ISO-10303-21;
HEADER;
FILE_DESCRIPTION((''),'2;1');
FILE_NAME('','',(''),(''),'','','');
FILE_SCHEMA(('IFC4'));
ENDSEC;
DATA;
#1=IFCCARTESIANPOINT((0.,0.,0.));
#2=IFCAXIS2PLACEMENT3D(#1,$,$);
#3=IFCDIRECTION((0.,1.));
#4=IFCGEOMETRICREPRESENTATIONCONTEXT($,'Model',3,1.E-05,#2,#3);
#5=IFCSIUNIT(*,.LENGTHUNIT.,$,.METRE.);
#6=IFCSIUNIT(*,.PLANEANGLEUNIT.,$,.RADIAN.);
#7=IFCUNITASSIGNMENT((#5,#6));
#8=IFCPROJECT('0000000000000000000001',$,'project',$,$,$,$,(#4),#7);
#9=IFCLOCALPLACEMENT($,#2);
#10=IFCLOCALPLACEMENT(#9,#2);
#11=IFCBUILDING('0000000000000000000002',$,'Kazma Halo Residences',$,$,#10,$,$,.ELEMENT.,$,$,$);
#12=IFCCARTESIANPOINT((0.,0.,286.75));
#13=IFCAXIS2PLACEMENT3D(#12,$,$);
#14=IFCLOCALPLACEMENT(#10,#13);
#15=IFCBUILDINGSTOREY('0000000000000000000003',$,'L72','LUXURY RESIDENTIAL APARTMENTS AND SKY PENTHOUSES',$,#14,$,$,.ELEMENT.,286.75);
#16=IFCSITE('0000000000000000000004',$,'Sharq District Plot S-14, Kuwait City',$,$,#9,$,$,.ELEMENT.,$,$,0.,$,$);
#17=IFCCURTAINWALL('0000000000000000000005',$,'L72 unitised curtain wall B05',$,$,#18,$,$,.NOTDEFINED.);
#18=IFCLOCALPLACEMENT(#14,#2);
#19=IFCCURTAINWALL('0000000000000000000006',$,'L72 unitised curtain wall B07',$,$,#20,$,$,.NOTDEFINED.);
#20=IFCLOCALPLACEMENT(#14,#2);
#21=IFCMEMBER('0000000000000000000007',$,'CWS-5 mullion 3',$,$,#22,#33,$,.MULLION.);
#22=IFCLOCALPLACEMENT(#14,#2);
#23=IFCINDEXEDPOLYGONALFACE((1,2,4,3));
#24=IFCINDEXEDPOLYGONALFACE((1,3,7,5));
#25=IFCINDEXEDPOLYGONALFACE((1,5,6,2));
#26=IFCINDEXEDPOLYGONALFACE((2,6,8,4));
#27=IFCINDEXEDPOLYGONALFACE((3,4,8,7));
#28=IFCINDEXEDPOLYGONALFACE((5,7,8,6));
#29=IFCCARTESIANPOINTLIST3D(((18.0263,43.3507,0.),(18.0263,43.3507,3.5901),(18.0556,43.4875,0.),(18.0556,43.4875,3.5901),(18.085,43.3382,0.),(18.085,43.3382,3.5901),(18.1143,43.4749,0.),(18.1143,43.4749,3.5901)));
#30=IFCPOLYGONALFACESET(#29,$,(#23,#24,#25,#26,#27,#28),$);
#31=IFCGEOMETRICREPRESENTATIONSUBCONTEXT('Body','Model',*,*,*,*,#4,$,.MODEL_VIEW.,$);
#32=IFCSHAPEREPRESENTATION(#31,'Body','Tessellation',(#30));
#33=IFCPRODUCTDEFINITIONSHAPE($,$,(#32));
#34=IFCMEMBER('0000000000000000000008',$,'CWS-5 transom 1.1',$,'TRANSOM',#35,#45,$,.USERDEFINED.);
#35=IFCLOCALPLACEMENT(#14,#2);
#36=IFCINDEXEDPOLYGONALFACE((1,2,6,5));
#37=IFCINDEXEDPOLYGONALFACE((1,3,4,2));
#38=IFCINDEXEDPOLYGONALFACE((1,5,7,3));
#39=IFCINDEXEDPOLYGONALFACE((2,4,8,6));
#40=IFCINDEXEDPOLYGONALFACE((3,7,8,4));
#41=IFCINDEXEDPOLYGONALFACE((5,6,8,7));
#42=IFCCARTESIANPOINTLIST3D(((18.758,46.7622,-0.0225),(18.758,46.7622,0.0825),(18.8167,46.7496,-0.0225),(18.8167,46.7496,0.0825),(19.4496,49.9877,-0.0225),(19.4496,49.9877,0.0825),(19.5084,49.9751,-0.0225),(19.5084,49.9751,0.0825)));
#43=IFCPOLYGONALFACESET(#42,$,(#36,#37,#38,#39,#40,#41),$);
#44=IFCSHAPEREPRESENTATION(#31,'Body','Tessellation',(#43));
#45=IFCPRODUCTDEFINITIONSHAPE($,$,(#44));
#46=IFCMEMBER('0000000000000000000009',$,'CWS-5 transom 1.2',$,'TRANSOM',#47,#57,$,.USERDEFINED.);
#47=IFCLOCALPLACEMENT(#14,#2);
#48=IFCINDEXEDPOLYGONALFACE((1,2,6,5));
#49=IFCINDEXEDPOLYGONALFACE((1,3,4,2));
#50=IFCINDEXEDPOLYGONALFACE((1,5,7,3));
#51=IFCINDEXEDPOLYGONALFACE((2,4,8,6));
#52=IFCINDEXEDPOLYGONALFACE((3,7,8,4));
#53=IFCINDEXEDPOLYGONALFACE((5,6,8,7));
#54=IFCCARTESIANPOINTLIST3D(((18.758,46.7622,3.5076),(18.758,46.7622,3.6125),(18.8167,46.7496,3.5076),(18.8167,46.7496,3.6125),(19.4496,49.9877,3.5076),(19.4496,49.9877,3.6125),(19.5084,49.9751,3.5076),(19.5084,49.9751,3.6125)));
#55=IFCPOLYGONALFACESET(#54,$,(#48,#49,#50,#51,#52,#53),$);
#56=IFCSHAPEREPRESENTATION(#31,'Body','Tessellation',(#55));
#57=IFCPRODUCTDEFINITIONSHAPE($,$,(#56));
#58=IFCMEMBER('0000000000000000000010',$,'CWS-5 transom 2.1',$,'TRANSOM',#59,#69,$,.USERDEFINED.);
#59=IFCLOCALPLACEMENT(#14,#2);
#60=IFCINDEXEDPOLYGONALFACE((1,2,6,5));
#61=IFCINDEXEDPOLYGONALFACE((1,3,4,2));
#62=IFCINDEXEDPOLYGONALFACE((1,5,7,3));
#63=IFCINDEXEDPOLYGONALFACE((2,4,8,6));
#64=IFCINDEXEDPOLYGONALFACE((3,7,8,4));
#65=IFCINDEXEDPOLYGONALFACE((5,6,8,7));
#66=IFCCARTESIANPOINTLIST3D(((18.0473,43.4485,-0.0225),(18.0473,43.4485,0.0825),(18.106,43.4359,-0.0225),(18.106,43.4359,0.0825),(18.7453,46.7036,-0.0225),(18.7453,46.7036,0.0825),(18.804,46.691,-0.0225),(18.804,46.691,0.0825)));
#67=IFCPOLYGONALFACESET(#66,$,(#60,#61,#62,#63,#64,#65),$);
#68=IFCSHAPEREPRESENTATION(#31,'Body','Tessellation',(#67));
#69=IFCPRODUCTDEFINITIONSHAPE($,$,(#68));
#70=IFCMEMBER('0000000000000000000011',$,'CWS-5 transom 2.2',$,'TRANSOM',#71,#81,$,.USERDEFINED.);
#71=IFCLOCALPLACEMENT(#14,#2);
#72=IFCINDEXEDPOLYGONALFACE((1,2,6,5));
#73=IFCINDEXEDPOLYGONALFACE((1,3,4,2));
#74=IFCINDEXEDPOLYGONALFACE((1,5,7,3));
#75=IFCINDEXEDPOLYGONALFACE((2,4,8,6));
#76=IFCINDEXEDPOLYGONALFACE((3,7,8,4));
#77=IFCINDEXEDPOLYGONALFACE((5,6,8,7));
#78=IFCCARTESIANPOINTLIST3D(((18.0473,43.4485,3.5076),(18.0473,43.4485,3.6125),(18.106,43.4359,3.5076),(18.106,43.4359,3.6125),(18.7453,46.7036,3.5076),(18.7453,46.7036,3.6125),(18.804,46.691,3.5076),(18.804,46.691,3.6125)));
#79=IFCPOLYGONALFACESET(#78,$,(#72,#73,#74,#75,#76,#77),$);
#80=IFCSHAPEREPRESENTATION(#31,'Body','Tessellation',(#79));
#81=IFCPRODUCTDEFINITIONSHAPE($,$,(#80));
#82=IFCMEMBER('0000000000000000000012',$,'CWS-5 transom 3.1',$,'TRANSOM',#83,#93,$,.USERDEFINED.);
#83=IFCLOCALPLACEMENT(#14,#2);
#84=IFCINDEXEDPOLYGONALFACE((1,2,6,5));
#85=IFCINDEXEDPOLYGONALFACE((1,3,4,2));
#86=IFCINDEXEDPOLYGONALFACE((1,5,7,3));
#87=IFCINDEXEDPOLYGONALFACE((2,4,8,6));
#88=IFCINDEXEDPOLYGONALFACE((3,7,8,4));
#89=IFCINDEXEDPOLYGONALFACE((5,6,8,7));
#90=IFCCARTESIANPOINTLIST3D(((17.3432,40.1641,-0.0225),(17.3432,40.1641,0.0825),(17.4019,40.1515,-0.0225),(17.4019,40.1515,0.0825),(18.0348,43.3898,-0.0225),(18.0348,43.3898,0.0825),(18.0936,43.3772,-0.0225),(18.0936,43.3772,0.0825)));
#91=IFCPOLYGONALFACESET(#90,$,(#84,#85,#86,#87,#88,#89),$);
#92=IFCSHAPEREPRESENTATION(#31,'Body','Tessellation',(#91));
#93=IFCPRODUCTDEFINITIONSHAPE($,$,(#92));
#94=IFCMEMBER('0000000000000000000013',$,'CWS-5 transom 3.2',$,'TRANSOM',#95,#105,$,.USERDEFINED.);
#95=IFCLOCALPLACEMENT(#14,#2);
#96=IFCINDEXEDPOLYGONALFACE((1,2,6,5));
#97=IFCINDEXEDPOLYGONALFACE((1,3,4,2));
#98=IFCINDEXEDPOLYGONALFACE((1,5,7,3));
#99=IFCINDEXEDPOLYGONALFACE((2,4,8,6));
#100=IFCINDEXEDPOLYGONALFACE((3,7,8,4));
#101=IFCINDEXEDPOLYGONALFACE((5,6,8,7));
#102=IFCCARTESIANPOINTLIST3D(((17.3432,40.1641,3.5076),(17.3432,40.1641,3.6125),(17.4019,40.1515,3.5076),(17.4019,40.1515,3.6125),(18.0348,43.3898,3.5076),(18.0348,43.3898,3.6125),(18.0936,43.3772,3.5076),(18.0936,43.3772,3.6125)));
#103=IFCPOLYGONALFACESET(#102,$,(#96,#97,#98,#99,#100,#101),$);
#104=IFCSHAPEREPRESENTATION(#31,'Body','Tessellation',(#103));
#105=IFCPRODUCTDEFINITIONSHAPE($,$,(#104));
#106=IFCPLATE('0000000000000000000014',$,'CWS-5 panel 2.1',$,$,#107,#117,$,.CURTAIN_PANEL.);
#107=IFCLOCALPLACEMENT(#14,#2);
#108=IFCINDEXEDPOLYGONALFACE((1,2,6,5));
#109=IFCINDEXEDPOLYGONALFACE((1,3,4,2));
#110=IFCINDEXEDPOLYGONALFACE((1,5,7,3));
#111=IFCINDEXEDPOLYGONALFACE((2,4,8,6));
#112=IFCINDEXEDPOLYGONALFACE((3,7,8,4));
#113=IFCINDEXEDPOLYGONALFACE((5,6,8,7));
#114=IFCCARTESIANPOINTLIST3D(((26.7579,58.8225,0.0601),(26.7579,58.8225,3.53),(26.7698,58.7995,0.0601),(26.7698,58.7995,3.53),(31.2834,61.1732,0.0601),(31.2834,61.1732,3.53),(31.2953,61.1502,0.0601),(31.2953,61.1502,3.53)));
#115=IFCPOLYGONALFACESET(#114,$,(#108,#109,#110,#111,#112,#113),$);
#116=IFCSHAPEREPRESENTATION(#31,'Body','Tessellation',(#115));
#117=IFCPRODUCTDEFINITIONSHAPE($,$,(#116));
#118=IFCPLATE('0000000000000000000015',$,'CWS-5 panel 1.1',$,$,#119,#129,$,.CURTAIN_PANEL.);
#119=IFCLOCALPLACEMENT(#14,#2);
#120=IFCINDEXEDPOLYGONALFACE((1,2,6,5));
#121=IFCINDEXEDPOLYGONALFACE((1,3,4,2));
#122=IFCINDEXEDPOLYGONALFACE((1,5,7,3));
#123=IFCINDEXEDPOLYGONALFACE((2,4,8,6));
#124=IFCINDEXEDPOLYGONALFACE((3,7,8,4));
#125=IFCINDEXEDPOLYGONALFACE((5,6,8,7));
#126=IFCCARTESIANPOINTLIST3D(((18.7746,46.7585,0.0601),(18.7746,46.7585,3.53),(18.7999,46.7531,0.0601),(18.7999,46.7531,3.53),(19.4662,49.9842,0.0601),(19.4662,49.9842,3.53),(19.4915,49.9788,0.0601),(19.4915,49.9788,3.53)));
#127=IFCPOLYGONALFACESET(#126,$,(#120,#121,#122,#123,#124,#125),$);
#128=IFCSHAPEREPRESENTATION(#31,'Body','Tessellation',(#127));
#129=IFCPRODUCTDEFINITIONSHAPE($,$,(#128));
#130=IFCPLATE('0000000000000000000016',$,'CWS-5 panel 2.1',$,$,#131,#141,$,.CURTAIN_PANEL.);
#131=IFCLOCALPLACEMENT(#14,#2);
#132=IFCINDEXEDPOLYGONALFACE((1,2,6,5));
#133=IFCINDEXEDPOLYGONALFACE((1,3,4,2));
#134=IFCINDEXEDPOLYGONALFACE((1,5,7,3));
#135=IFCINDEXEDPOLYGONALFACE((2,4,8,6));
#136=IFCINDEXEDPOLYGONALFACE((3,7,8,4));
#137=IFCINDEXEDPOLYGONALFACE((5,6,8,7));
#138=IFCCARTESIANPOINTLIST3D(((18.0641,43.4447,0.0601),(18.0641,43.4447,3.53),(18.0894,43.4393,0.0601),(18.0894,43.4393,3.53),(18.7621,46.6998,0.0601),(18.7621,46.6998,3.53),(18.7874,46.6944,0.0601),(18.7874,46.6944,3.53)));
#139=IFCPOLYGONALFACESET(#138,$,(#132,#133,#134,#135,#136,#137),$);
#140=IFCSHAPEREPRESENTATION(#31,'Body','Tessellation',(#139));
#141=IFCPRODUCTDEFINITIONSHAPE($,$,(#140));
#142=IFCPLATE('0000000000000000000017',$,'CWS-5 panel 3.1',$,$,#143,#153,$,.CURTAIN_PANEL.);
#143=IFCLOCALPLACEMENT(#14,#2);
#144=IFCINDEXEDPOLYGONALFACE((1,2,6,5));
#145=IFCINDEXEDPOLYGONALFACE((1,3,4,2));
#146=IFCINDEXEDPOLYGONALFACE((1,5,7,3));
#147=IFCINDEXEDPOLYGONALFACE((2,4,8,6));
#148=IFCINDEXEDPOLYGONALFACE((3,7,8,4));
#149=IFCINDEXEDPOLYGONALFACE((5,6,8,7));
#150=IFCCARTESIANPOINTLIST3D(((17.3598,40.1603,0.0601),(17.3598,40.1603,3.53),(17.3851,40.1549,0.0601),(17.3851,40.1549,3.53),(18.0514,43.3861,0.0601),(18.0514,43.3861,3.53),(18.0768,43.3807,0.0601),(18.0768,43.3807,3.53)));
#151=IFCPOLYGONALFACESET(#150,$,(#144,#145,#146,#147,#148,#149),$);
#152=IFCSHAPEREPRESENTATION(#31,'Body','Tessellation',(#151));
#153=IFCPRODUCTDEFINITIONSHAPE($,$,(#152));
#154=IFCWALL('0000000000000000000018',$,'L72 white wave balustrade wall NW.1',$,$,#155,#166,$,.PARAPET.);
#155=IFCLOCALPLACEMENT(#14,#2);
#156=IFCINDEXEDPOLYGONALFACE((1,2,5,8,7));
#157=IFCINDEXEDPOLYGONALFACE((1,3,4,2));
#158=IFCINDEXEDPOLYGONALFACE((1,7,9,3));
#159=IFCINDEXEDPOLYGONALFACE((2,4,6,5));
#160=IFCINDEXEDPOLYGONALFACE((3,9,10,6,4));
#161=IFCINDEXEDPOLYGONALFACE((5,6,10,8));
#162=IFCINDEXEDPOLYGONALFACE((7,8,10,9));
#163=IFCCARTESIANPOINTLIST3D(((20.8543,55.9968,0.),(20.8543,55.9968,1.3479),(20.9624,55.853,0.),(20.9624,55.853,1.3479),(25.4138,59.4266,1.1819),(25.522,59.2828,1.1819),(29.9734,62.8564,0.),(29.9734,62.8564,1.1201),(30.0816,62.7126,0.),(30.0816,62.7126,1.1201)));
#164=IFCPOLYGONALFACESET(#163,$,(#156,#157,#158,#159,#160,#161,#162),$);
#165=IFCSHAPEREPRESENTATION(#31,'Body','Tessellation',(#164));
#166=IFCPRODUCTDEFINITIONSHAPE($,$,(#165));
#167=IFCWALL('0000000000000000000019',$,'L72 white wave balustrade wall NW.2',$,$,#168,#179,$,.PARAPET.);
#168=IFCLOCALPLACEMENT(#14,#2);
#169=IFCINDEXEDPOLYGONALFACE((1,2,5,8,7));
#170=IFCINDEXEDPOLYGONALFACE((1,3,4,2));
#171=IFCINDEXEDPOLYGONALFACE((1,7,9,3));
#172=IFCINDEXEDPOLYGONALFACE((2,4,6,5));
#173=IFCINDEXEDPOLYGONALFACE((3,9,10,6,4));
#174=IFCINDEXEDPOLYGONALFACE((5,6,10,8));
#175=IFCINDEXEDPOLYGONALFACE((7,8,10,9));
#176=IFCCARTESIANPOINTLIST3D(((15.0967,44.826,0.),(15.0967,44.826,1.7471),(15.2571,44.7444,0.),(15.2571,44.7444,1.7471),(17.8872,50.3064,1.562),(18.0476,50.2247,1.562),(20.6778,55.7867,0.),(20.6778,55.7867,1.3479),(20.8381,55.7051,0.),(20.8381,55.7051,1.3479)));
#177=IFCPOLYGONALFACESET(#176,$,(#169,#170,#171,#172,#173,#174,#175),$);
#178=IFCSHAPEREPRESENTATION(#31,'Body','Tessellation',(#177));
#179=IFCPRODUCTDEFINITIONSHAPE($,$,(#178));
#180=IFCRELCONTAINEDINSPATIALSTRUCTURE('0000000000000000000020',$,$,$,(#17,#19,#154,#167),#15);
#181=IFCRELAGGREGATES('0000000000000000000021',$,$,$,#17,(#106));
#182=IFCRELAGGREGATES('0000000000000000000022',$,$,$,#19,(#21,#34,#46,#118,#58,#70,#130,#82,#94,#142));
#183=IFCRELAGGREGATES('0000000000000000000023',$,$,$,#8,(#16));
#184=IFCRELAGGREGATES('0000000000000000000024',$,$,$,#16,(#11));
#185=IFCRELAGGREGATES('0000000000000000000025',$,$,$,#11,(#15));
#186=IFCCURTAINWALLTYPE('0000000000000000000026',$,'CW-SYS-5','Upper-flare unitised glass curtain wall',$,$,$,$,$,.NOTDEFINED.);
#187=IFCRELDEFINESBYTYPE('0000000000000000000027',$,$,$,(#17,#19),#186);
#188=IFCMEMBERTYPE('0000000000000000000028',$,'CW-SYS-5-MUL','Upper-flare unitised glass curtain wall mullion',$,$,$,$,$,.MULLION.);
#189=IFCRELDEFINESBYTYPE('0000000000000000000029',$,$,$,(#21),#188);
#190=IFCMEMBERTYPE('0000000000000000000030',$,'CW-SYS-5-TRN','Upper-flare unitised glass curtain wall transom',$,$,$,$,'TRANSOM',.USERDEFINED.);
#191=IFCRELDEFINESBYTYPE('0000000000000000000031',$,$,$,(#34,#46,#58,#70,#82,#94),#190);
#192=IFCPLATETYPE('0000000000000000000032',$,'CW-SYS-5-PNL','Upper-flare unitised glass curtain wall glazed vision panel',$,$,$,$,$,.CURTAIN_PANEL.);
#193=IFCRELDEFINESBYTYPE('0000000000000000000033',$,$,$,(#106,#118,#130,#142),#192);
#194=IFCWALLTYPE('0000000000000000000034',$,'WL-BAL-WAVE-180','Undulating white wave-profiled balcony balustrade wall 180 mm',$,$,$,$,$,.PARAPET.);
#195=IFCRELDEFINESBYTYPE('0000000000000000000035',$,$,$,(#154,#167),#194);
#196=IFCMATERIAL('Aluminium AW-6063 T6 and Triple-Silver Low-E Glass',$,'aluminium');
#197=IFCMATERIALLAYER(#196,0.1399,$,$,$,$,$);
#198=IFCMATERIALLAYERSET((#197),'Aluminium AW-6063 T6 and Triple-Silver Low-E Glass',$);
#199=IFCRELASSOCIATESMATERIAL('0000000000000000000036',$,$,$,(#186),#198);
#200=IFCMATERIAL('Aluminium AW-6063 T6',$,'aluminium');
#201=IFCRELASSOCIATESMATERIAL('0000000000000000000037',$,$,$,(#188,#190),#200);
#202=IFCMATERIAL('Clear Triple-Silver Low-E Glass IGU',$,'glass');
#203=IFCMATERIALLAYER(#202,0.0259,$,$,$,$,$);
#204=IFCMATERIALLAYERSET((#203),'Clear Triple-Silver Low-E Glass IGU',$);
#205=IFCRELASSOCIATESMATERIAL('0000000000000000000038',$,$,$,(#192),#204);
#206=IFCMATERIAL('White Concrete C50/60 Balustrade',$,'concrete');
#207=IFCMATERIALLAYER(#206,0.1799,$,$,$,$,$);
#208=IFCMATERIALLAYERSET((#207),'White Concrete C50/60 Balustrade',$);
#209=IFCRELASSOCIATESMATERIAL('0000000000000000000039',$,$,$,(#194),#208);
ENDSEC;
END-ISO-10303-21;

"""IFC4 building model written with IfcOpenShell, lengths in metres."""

from ifc_helpers import new_model, si_unit, direction, frame, origin, origin_2d, place, context, subcontext, project, spatial, polyline, rectangle, outline, extrude, material, layer, layer_set, material_profile, profile_set, type_object, element, aggregate, save


model = new_model("IFC4")

# Units and contexts
model_context = context("Model", 3, precision=1e-05, world=origin(), true_north=direction((0.0, 1.0)))
body_context = subcontext(model_context, "Body", "Model", "MODEL_VIEW")
ifc_project = project(units=[si_unit("LENGTHUNIT", "METRE"), si_unit("PLANEANGLEUNIT", "RADIAN")], contexts=[model_context])

# Site, building, storey
site_placement = place(None, origin())
site = spatial("IfcSite", under=ifc_project, at=site_placement, Name="Sharq District Plot S-14, Kuwait City", CompositionType="ELEMENT", RefElevation=0.0)
building_placement = place(site_placement, origin())
building = spatial("IfcBuilding", under=site, at=building_placement, Name="Kazma Halo Residences", CompositionType="ELEMENT")
storey_placement = place(building_placement, frame((0.0, 0.0, 286.75)))
storey = spatial("IfcBuildingStorey", under=building, at=storey_placement, Name="L72", Description="LUXURY RESIDENTIAL APARTMENTS AND SKY PENTHOUSES", CompositionType="ELEMENT", Elevation=286.75)

# Curtain wall
ifc_material_1 = material(Name="Aluminium AW-6063 T6 and Triple-Silver Low-E Glass", Category="aluminium")
ifc_layer_1 = layer(ifc_material_1, 0.1399)
ifc_layer_set_1 = layer_set([ifc_layer_1], Name="Aluminium AW-6063 T6 and Triple-Silver Low-E Glass")
curtain_wall_type = type_object("IfcCurtainWallType", Name="CW-SYS-5", Description="Upper-flare unitised glass curtain wall", PredefinedType="NOTDEFINED", material=ifc_layer_set_1)
curtain_wall_1_placement = place(storey_placement, origin())
curtain_wall_1 = element("IfcCurtainWall", 1, at=curtain_wall_1_placement, inside=storey, type_object=curtain_wall_type, Name="L72 unitised curtain wall B05", PredefinedType="NOTDEFINED")
ifc_material_2 = material(Name="Aluminium AW-6063 T6", Category="aluminium")
ifc_material_profile_1 = material_profile(ifc_material_2, rectangle(XDim=0.0601, YDim=0.1399, at=origin_2d()), Name="CWM-60x140")
ifc_profile_set_1 = profile_set([ifc_material_profile_1], Name="Aluminium AW-6063 T6")
member_type_1 = type_object("IfcMemberType", Name="CW-SYS-5-MUL", Description="Upper-flare unitised glass curtain wall mullion", PredefinedType="MULLION", material=ifc_profile_set_1)

# Curtain wall, members
curtain_wall_2_placement = place(storey_placement, origin())
curtain_wall_2 = element("IfcCurtainWall", 2, at=curtain_wall_2_placement, inside=storey, type_object=curtain_wall_type, Name="L72 unitised curtain wall B07", PredefinedType="NOTDEFINED")
member_1_placement = place(storey_placement, frame((18.0703, 43.4128, 0.0), z_axis=(0.0, 0.0, 1.0), x_axis=(0.977775, -0.209657, 0.0)))
member_1 = element("IfcMember", 3, at=member_1_placement, type_object=member_type_1, Name="CWS-5 mullion 3", PredefinedType="MULLION", context=body_context, shape_type="SweptSolid", body=[
    extrude(rectangle(XDim=0.0601, YDim=0.1399, at=origin_2d()), origin(), (0.0, 0.0, 1.0), 3.5901),
])
ifc_material_profile_2 = material_profile(ifc_material_2, rectangle(XDim=0.0601, YDim=0.105, at=origin_2d()), Name="CWT-60x105")
ifc_profile_set_2 = profile_set([ifc_material_profile_2], Name="Aluminium AW-6063 T6")
member_type_2 = type_object("IfcMemberType", Name="CW-SYS-5-TRN", Description="Upper-flare unitised glass curtain wall transom", ElementType="TRANSOM", PredefinedType="USERDEFINED", material=ifc_profile_set_2)
member_2_placement = place(storey_placement, frame((19.479, 49.9814, 0.03), z_axis=(-0.20966, -0.977774, 0.0), x_axis=(0.977774, -0.20966, 0.0)))
member_2 = element("IfcMember", 4, at=member_2_placement, type_object=member_type_2, Name="CWS-5 transom 1.1", ObjectType="TRANSOM", PredefinedType="USERDEFINED", context=body_context, shape_type="SweptSolid", body=[
    extrude(rectangle(XDim=0.0601, YDim=0.105, at=origin_2d()), origin(), (0.0, 0.0, 1.0), 3.2988),
])
member_3_placement = place(storey_placement, frame((19.479, 49.9814, 3.5601), z_axis=(-0.20966, -0.977774, 0.0), x_axis=(0.977774, -0.20966, 0.0)))
member_3 = element("IfcMember", 5, at=member_3_placement, type_object=member_type_2, Name="CWS-5 transom 1.2", ObjectType="TRANSOM", PredefinedType="USERDEFINED", context=body_context, shape_type="SweptSolid", body=[
    extrude(rectangle(XDim=0.0601, YDim=0.105, at=origin_2d()), origin(), (0.0, 0.0, 1.0), 3.2988),
])
member_4_placement = place(storey_placement, frame((18.7747, 46.6973, 0.03), z_axis=(-0.209664, -0.977773, 0.0), x_axis=(0.977773, -0.209664, 0.0)))
member_4 = element("IfcMember", 6, at=member_4_placement, type_object=member_type_2, Name="CWS-5 transom 2.1", ObjectType="TRANSOM", PredefinedType="USERDEFINED", context=body_context, shape_type="SweptSolid", body=[
    extrude(rectangle(XDim=0.0601, YDim=0.105, at=origin_2d()), origin(), (0.0, 0.0, 1.0), 3.3291),
])
member_5_placement = place(storey_placement, frame((18.7747, 46.6973, 3.5601), z_axis=(-0.209664, -0.977773, 0.0), x_axis=(0.977773, -0.209664, 0.0)))
member_5 = element("IfcMember", 7, at=member_5_placement, type_object=member_type_2, Name="CWS-5 transom 2.2", ObjectType="TRANSOM", PredefinedType="USERDEFINED", context=body_context, shape_type="SweptSolid", body=[
    extrude(rectangle(XDim=0.0601, YDim=0.105, at=origin_2d()), origin(), (0.0, 0.0, 1.0), 3.3291),
])
member_6_placement = place(storey_placement, frame((18.0642, 43.3835, 0.03), z_axis=(-0.209645, -0.977777, 0.0), x_axis=(0.977777, -0.209645, 0.0)))
member_6 = element("IfcMember", 8, at=member_6_placement, type_object=member_type_2, Name="CWS-5 transom 3.1", ObjectType="TRANSOM", PredefinedType="USERDEFINED", context=body_context, shape_type="SweptSolid", body=[
    extrude(rectangle(XDim=0.0601, YDim=0.105, at=origin_2d()), origin(), (0.0, 0.0, 1.0), 3.2991),
])
member_7_placement = place(storey_placement, frame((18.0642, 43.3835, 3.5601), z_axis=(-0.209645, -0.977777, 0.0), x_axis=(0.977777, -0.209645, 0.0)))
member_7 = element("IfcMember", 9, at=member_7_placement, type_object=member_type_2, Name="CWS-5 transom 3.2", ObjectType="TRANSOM", PredefinedType="USERDEFINED", context=body_context, shape_type="SweptSolid", body=[
    extrude(rectangle(XDim=0.0601, YDim=0.105, at=origin_2d()), origin(), (0.0, 0.0, 1.0), 3.2991),
])

# Plates
ifc_material_3 = material(Name="Clear Triple-Silver Low-E Glass IGU", Category="glass")
ifc_layer_2 = layer(ifc_material_3, 0.0259)
ifc_layer_set_2 = layer_set([ifc_layer_2], Name="Clear Triple-Silver Low-E Glass IGU")
plate_type = type_object("IfcPlateType", Name="CW-SYS-5-PNL", Description="Upper-flare unitised glass curtain wall glazed vision panel", PredefinedType="CURTAIN_PANEL", material=ifc_layer_set_2)
plate_1_placement = place(storey_placement, frame((29.0266, 59.9863, 0.0601), z_axis=(0.0, 0.0, 1.0), x_axis=(-0.887421, -0.460961, 0.0)))
plate_1 = element("IfcPlate", 10, at=plate_1_placement, type_object=plate_type, Name="CWS-5 panel 2.1", PredefinedType="CURTAIN_PANEL", context=body_context, shape_type="SweptSolid", body=[
    extrude(rectangle(XDim=5.0996, YDim=0.0259, at=origin_2d()), origin(), (0.0, 0.0, 1.0), 3.47),
])
aggregate(curtain_wall_1, [plate_1])
plate_2_placement = place(storey_placement, frame((19.1331, 48.3687, 0.0601), z_axis=(0.0, 0.0, 1.0), x_axis=(-0.209657, -0.977775, 0.0)))
plate_2 = element("IfcPlate", 11, at=plate_2_placement, type_object=plate_type, Name="CWS-5 panel 1.1", PredefinedType="CURTAIN_PANEL", context=body_context, shape_type="SweptSolid", body=[
    extrude(rectangle(XDim=3.2991, YDim=0.0259, at=origin_2d()), origin(), (0.0, 0.0, 1.0), 3.47),
])
plate_3_placement = place(storey_placement, frame((18.4258, 45.0696, 0.0601), z_axis=(0.0, 0.0, 1.0), x_axis=(-0.209657, -0.977775, 0.0)))
plate_3 = element("IfcPlate", 12, at=plate_3_placement, type_object=plate_type, Name="CWS-5 panel 2.1", PredefinedType="CURTAIN_PANEL", context=body_context, shape_type="SweptSolid", body=[
    extrude(rectangle(XDim=3.3291, YDim=0.0259, at=origin_2d()), origin(), (0.0, 0.0, 1.0), 3.47),
])
plate_4_placement = place(storey_placement, frame((17.7183, 41.7705, 0.0601), z_axis=(0.0, 0.0, 1.0), x_axis=(-0.209657, -0.977775, 0.0)))
plate_4 = element("IfcPlate", 13, at=plate_4_placement, type_object=plate_type, Name="CWS-5 panel 3.1", PredefinedType="CURTAIN_PANEL", context=body_context, shape_type="SweptSolid", body=[
    extrude(rectangle(XDim=3.2991, YDim=0.0259, at=origin_2d()), origin(), (0.0, 0.0, 1.0), 3.47),
])
aggregate(curtain_wall_2, [member_1, member_2, member_3, plate_2, member_4, member_5, plate_3, member_6, member_7, plate_4])

# Walls
ifc_material_4 = material(Name="White Concrete C50/60 Balustrade", Category="concrete")
ifc_layer_3 = layer(ifc_material_4, 0.1799)
ifc_layer_set_3 = layer_set([ifc_layer_3], Name="White Concrete C50/60 Balustrade")
wall_type_1 = type_object("IfcWallType", Name="WL-BAL-WAVE-180", Description="Undulating white wave-profiled balcony balustrade wall 180 mm", PredefinedType="PARAPET", material=ifc_layer_set_3)
wall_1_placement = place(storey_placement, frame((30.0276, 62.7844, 0.0), z_axis=(0.0, 0.0, 1.0), x_axis=(-0.799147, -0.601136, 0.0)))
element("IfcWall", 14, at=wall_1_placement, inside=storey, type_object=wall_type_1, Name="L72 white wave balustrade wall NW.1", PredefinedType="PARAPET", context=body_context, shape_type="SweptSolid", body=[
    extrude(outline(polyline([(0.0, 0.0), (11.4111, 0.0), (11.4111, 1.3479), (5.7056, 1.1819), (0.0, 1.1201), (0.0, 0.0)])), frame((0.0, 0.0898, 0.0), z_axis=(0.0, -1.0, 0.0), x_axis=(1.0, 0.0, 0.0)), (0.0, 0.0, 1.0), 0.1799),
])
wall_2_placement = place(storey_placement, frame((20.7581, 55.7458, 0.0), z_axis=(0.0, 0.0, 1.0), x_axis=(-0.453752, -0.891128, 0.0)))
element("IfcWall", 15, at=wall_2_placement, inside=storey, type_object=wall_type_1, Name="L72 white wave balustrade wall NW.2", PredefinedType="PARAPET", context=body_context, shape_type="SweptSolid", body=[
    extrude(outline(polyline([(0.0, 0.0), (12.2998, 0.0), (12.2998, 1.7471), (6.1499, 1.562), (0.0, 1.3479), (0.0, 0.0)])), frame((0.0, 0.0898, 0.0), z_axis=(0.0, -1.0, 0.0), x_axis=(1.0, 0.0, 0.0)), (0.0, 0.0, 1.0), 0.1799),
])

save(model, "model.ifc")
